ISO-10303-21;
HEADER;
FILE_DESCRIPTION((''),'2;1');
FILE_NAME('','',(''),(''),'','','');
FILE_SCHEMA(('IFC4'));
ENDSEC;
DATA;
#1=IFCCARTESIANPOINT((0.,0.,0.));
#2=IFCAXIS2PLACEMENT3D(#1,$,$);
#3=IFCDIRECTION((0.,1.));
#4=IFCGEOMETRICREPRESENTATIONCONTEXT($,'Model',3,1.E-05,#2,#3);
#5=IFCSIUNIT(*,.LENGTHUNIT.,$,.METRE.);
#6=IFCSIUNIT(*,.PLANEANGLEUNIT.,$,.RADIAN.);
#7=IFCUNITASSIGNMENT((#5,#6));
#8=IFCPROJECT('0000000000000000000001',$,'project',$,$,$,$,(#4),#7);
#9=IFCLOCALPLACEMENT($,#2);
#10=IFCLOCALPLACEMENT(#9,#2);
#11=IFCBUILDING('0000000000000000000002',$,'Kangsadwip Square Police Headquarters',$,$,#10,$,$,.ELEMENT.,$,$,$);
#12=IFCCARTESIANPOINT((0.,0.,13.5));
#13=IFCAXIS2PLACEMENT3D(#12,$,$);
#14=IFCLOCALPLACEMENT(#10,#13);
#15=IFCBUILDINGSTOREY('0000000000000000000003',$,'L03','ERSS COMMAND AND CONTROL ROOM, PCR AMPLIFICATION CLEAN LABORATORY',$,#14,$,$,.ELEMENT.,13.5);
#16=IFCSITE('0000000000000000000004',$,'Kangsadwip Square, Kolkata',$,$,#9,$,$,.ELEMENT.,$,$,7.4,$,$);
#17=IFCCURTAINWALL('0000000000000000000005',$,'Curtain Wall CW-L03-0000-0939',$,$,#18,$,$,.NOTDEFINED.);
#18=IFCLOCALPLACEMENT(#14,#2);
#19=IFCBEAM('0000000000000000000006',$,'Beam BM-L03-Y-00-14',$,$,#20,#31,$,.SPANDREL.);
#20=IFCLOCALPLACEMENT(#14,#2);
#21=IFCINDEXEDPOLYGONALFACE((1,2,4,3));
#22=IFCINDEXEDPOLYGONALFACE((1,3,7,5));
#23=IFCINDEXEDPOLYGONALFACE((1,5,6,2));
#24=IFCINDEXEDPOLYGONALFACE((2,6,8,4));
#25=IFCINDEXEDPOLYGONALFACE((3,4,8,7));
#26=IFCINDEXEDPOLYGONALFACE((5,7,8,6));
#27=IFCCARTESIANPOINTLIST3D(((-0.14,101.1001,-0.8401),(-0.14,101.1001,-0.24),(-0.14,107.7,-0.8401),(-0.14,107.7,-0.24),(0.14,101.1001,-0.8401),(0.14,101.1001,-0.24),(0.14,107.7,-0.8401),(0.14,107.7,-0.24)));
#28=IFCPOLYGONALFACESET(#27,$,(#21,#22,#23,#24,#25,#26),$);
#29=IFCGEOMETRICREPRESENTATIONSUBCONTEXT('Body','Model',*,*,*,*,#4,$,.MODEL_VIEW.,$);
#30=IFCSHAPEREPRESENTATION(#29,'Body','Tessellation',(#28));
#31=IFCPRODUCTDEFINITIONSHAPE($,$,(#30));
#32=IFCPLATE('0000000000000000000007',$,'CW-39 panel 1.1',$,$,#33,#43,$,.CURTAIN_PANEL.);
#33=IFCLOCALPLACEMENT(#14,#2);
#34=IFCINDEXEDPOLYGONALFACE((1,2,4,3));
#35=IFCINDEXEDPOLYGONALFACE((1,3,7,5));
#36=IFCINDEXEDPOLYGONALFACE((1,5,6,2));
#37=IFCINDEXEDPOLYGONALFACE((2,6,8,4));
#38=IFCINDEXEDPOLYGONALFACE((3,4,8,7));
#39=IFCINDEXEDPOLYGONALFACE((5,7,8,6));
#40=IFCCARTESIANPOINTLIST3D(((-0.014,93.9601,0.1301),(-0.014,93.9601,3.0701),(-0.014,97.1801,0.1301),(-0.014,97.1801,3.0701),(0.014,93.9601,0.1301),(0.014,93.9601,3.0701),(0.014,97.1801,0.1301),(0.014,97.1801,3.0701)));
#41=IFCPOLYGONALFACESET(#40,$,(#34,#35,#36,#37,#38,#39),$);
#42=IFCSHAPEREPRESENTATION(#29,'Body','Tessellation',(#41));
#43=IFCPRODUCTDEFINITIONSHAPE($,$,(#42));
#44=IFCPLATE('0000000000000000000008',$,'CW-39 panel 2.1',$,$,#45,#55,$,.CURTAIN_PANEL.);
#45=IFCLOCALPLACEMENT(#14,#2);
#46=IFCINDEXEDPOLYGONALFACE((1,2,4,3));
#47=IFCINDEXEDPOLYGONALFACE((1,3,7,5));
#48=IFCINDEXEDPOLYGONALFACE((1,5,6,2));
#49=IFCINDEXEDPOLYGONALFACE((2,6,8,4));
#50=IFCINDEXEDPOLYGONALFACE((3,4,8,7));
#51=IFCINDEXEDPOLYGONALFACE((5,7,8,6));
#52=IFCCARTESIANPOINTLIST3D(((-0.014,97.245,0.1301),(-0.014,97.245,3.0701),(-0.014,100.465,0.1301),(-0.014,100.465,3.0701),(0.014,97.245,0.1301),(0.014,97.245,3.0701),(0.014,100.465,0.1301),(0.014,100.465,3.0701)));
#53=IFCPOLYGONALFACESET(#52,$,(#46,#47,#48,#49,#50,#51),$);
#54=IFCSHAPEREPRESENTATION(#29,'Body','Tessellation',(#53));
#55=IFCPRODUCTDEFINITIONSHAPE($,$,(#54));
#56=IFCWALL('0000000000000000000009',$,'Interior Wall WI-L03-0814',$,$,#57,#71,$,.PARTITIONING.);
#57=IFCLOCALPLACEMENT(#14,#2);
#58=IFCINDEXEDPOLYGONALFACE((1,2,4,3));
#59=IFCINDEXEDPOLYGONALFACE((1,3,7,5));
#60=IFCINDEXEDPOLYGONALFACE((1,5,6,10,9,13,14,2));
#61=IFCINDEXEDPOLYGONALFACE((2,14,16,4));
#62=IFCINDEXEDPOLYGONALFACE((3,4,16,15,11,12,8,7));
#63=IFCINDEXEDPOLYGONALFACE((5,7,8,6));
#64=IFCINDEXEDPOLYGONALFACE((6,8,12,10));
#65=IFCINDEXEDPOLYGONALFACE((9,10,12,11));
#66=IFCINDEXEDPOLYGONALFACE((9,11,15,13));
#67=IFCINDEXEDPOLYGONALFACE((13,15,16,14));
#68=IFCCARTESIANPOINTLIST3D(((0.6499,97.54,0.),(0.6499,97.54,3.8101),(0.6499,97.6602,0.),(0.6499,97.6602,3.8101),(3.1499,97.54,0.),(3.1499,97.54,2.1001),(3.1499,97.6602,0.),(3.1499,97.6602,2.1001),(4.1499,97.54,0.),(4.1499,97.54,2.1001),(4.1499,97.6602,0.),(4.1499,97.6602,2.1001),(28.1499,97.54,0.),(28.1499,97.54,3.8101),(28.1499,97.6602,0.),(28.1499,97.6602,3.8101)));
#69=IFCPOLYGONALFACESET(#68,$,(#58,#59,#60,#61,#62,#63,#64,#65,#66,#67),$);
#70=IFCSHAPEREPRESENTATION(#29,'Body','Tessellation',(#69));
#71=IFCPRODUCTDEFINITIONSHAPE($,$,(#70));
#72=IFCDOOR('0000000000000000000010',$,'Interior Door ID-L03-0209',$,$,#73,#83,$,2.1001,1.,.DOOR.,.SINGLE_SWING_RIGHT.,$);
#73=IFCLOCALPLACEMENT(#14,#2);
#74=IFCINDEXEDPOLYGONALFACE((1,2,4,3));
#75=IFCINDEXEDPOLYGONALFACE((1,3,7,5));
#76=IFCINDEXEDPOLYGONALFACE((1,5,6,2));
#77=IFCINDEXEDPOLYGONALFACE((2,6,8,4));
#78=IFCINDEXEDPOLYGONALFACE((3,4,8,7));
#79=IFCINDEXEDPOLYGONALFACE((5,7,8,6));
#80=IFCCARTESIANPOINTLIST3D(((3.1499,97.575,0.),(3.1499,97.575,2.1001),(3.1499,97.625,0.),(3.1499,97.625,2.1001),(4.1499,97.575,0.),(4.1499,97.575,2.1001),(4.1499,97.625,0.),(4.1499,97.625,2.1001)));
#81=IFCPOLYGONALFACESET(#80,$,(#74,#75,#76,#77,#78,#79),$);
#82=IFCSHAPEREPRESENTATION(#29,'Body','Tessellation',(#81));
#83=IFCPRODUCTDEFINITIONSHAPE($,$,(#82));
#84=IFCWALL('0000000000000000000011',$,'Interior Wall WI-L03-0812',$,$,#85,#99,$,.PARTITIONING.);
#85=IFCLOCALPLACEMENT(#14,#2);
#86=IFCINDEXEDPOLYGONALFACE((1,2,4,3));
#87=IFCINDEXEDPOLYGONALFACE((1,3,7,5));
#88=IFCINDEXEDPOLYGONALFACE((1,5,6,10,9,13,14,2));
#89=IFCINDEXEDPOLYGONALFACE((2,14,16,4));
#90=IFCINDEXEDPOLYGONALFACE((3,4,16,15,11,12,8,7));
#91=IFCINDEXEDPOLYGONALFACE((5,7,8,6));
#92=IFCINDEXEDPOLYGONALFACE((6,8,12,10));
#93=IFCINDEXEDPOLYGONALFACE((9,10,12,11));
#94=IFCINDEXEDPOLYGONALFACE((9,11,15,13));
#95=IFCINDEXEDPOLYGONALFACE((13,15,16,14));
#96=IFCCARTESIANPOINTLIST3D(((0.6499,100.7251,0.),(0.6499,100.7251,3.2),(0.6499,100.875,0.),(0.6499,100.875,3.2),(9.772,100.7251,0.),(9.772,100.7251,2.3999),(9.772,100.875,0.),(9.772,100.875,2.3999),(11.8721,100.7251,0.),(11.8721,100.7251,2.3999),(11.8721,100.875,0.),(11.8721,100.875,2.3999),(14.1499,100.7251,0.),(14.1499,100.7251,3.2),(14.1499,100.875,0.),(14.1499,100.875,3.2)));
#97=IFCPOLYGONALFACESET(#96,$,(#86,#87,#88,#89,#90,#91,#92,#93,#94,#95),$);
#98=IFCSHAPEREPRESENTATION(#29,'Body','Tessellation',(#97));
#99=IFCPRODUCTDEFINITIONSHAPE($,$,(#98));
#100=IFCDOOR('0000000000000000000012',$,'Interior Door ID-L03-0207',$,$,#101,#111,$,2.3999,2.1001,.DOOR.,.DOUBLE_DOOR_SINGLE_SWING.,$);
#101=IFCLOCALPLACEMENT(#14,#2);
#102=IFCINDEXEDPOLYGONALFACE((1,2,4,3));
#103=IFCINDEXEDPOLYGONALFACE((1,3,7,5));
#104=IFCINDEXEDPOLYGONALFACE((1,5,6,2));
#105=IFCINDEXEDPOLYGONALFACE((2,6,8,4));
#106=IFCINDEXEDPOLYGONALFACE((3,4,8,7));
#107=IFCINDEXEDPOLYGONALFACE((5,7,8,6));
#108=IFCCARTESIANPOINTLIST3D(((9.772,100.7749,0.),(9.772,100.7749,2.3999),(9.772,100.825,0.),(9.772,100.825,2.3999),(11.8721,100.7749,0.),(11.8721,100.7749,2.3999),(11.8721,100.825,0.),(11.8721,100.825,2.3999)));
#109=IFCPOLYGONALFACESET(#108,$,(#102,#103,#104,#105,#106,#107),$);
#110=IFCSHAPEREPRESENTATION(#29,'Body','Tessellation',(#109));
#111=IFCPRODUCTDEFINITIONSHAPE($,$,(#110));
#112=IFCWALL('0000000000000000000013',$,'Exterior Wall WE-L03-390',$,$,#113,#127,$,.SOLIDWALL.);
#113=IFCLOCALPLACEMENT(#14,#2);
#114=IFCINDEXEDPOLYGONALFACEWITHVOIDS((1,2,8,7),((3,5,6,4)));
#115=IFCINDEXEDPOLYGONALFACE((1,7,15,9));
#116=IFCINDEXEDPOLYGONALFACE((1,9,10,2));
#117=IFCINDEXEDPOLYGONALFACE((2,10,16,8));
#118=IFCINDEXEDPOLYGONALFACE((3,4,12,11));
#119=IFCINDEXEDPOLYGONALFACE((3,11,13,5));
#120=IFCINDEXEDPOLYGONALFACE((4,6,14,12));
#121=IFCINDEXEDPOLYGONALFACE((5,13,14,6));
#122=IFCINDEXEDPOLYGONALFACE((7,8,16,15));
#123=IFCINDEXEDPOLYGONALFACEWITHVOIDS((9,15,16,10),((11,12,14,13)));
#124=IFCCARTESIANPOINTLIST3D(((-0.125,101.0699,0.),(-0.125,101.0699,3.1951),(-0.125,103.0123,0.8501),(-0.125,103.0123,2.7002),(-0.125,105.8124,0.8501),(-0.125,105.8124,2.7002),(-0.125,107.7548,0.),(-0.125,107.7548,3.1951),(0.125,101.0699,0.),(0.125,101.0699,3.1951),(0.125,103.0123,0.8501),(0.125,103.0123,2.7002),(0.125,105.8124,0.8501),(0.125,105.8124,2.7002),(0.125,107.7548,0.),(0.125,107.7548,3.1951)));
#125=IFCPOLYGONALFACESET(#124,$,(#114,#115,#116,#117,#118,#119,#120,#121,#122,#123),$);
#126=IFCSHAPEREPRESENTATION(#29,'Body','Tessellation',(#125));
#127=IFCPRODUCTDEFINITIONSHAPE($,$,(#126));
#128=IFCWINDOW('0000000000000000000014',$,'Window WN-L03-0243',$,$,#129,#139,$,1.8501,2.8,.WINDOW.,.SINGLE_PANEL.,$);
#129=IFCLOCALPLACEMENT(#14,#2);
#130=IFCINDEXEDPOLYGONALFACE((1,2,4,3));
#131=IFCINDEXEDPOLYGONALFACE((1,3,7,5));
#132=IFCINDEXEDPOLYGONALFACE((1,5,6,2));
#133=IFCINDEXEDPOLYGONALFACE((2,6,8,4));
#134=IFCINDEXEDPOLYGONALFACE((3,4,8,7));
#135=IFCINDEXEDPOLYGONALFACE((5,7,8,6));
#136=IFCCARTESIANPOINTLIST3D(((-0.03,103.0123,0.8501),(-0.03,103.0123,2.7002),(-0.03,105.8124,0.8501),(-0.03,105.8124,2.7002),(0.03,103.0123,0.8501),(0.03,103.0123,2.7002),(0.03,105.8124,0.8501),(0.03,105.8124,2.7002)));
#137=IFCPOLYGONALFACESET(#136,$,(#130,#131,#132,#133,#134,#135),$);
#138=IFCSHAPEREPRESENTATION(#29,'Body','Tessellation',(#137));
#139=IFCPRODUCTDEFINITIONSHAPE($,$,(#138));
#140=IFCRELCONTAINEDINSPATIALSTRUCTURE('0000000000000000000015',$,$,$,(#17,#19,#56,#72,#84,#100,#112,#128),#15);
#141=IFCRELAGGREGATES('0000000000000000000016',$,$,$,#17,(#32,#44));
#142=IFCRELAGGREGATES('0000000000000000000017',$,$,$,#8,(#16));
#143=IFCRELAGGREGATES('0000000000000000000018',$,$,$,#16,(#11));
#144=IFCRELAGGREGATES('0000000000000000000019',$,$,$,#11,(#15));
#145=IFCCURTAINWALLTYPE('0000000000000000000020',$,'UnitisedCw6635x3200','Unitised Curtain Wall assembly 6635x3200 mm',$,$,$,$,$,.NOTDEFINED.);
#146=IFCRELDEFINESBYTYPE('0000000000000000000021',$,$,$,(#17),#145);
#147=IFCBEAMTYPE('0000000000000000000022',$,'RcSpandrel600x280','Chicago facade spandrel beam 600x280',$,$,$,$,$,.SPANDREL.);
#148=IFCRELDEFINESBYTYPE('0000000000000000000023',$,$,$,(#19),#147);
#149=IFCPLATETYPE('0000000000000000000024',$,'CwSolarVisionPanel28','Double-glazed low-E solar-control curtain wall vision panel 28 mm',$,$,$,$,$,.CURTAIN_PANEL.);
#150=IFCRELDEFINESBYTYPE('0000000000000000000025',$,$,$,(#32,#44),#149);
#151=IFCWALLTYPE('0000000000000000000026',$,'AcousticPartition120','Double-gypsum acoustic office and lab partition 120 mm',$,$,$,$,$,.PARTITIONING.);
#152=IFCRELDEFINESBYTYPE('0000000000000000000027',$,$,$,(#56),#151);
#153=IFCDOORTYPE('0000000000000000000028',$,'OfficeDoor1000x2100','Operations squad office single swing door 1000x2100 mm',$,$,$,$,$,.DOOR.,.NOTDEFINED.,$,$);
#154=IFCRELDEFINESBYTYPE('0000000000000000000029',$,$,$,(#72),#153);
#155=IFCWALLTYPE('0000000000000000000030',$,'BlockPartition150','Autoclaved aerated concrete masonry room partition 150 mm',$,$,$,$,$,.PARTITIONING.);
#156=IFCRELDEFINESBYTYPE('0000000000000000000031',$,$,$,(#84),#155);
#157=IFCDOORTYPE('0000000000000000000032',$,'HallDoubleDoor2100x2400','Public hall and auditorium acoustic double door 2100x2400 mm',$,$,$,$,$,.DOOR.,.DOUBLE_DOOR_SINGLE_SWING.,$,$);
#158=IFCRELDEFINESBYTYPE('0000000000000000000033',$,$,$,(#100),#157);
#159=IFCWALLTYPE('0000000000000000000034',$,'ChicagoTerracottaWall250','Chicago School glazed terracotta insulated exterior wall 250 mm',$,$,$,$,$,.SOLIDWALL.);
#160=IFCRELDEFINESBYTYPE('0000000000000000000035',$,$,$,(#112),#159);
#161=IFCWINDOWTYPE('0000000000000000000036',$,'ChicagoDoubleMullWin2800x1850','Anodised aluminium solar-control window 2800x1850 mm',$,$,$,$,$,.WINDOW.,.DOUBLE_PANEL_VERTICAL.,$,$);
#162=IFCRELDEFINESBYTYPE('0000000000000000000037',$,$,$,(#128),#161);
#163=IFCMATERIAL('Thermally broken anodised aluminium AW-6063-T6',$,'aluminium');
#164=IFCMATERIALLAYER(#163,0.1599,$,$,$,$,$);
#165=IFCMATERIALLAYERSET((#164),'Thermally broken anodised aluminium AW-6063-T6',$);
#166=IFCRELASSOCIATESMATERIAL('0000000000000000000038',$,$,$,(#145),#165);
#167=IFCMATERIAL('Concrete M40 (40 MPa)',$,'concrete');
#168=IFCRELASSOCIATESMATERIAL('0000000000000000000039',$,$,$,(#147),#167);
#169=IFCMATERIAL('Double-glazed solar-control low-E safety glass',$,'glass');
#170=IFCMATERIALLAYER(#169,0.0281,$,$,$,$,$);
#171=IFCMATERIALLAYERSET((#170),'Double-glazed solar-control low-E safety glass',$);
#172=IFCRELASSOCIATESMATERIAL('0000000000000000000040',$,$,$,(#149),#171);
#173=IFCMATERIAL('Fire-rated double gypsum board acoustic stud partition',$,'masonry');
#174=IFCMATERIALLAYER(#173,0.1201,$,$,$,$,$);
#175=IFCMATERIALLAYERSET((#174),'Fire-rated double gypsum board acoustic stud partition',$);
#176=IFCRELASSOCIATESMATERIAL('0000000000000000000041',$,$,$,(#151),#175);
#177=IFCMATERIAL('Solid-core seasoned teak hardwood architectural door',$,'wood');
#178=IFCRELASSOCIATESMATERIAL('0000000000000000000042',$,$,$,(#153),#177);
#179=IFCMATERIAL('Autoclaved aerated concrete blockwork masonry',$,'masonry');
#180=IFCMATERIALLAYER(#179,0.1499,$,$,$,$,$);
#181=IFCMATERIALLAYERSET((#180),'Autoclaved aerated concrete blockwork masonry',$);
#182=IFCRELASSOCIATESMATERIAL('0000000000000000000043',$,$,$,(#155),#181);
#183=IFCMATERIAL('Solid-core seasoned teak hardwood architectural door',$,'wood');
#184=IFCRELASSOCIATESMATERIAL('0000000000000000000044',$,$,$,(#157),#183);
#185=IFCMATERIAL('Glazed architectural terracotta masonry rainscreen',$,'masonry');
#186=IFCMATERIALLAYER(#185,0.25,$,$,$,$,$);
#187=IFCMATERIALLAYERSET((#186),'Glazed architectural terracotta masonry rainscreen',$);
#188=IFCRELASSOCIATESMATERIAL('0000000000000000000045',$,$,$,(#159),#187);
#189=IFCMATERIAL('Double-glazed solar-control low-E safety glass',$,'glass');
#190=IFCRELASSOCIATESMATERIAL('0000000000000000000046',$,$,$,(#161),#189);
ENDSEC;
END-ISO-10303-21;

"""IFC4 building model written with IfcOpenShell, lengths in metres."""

from ifc_helpers import new_model, si_unit, direction, frame, frame_2d, origin, origin_2d, place, context, subcontext, project, spatial, rectangle, extrude, material, layer, layer_set, material_profile, profile_set, type_object, element, fill, aggregate, save


model = new_model("IFC4")

# Units and contexts
model_context = context("Model", 3, precision=1e-05, world=origin(), true_north=direction((0.0, 1.0)))
body_context = subcontext(model_context, "Body", "Model", "MODEL_VIEW")
ifc_project = project(units=[si_unit("LENGTHUNIT", "METRE"), si_unit("PLANEANGLEUNIT", "RADIAN")], contexts=[model_context])

# Site, building, storey
site_placement = place(None, origin())
site = spatial("IfcSite", under=ifc_project, at=site_placement, Name="Kangsadwip Square, Kolkata", CompositionType="ELEMENT", RefElevation=7.4)
building_placement = place(site_placement, origin())
building = spatial("IfcBuilding", under=site, at=building_placement, Name="Kangsadwip Square Police Headquarters", CompositionType="ELEMENT")
storey_placement = place(building_placement, frame((0.0, 0.0, 13.5)))
storey = spatial("IfcBuildingStorey", under=building, at=storey_placement, Name="L03", Description="ERSS COMMAND AND CONTROL ROOM, PCR AMPLIFICATION CLEAN LABORATORY", CompositionType="ELEMENT", Elevation=13.5)

# Curtain wall
ifc_material_1 = material(Name="Thermally broken anodised aluminium AW-6063-T6", Category="aluminium")
ifc_layer_1 = layer(ifc_material_1, 0.1599)
ifc_layer_set_1 = layer_set([ifc_layer_1], Name="Thermally broken anodised aluminium AW-6063-T6")
curtain_wall_type = type_object("IfcCurtainWallType", Name="UnitisedCw6635x3200", Description="Unitised Curtain Wall assembly 6635x3200 mm", PredefinedType="NOTDEFINED", material=ifc_layer_set_1)
curtain_wall_placement = place(storey_placement, origin())
curtain_wall = element("IfcCurtainWall", 1, at=curtain_wall_placement, inside=storey, type_object=curtain_wall_type, Name="Curtain Wall CW-L03-0000-0939", PredefinedType="NOTDEFINED")

# Beam
ifc_material_2 = material(Name="Concrete M40 (40 MPa)", Category="concrete")
ifc_material_profile_1 = material_profile(ifc_material_2, rectangle(XDim=0.28, YDim=0.6001, at=origin_2d()), Name="RC SPN 600X280")
ifc_profile_set_1 = profile_set([ifc_material_profile_1], Name="Concrete M40 (40 MPa)")
beam_type_1 = type_object("IfcBeamType", Name="RcSpandrel600x280", Description="Chicago facade spandrel beam 600x280", PredefinedType="SPANDREL", material=ifc_profile_set_1)
beam_1_placement = place(storey_placement, frame((0.0, 101.1001, -0.54), z_axis=(0.0, 1.0, 0.0), x_axis=(-1.0, 0.0, 0.0)))
element("IfcBeam", 2, at=beam_1_placement, inside=storey, type_object=beam_type_1, Name="Beam BM-L03-Y-00-14", PredefinedType="SPANDREL", context=body_context, shape_type="SweptSolid", body=[
    extrude(rectangle(XDim=0.28, YDim=0.6001, at=origin_2d()), origin(), (0.0, 0.0, 1.0), 6.5999),
])

# Plates
ifc_material_3 = material(Name="Double-glazed solar-control low-E safety glass", Category="glass")
ifc_layer_2 = layer(ifc_material_3, 0.0281)
ifc_layer_set_2 = layer_set([ifc_layer_2], Name="Double-glazed solar-control low-E safety glass")
plate_type = type_object("IfcPlateType", Name="CwSolarVisionPanel28", Description="Double-glazed low-E solar-control curtain wall vision panel 28 mm", PredefinedType="CURTAIN_PANEL", material=ifc_layer_set_2)
plate_1_placement = place(storey_placement, frame((0.0, 95.5701, 0.1301), z_axis=(0.0, 0.0, 1.0), x_axis=(0.0, 1.0, 0.0)))
plate_1 = element("IfcPlate", 3, at=plate_1_placement, type_object=plate_type, Name="CW-39 panel 1.1", PredefinedType="CURTAIN_PANEL", context=body_context, shape_type="SweptSolid", body=[
    extrude(rectangle(XDim=3.22, YDim=0.0281, at=origin_2d()), origin(), (0.0, 0.0, 1.0), 2.9399),
])
plate_2_placement = place(storey_placement, frame((0.0, 98.855, 0.1301), z_axis=(0.0, 0.0, 1.0), x_axis=(0.0, 1.0, 0.0)))
plate_2 = element("IfcPlate", 4, at=plate_2_placement, type_object=plate_type, Name="CW-39 panel 2.1", PredefinedType="CURTAIN_PANEL", context=body_context, shape_type="SweptSolid", body=[
    extrude(rectangle(XDim=3.22, YDim=0.0281, at=origin_2d()), origin(), (0.0, 0.0, 1.0), 2.9399),
])
aggregate(curtain_wall, [plate_1, plate_2])

# Walls, openings, doors
ifc_material_4 = material(Name="Fire-rated double gypsum board acoustic stud partition", Category="masonry")
ifc_layer_3 = layer(ifc_material_4, 0.1201)
ifc_layer_set_3 = layer_set([ifc_layer_3], Name="Fire-rated double gypsum board acoustic stud partition")
wall_type_1 = type_object("IfcWallType", Name="AcousticPartition120", Description="Double-gypsum acoustic office and lab partition 120 mm", PredefinedType="PARTITIONING", material=ifc_layer_set_3)
wall_1_placement = place(storey_placement, frame((0.6499, 97.6001, 0.0), z_axis=(0.0, 0.0, 1.0), x_axis=(1.0, 0.0, 0.0)))
wall_1 = element("IfcWall", 5, at=wall_1_placement, inside=storey, type_object=wall_type_1, Name="Interior Wall WI-L03-0814", PredefinedType="PARTITIONING", context=body_context, shape_type="SweptSolid", body=[
    extrude(rectangle(XDim=27.5, YDim=0.1201, at=frame_2d((13.75, 0.0))), origin(), (0.0, 0.0, 1.0), 3.8101),
])
opening_1_placement = place(wall_1_placement, frame((2.5, 0.0, 0.0)))
opening_1 = element("IfcOpeningElement", 6, at=opening_1_placement, cuts=wall_1, PredefinedType="OPENING", context=body_context, shape_type="SweptSolid", body=[
    extrude(rectangle(XDim=1.0, YDim=2.1001, at=frame_2d((0.5, 1.05))), frame((0.0, 0.0701, 0.0), z_axis=(0.0, -1.0, 0.0), x_axis=(1.0, 0.0, 0.0)), (0.0, 0.0, 1.0), 0.1401),
])
ifc_material_5 = material(Name="Solid-core seasoned teak hardwood architectural door", Category="wood")
door_type_1 = type_object("IfcDoorType", Name="OfficeDoor1000x2100", Description="Operations squad office single swing door 1000x2100 mm", OperationType="NOTDEFINED", PredefinedType="DOOR", material=ifc_material_5)
door_1_placement = place(opening_1_placement, origin())
door_1 = element("IfcDoor", 7, at=door_1_placement, inside=storey, type_object=door_type_1, Name="Interior Door ID-L03-0209", OperationType="SINGLE_SWING_RIGHT", OverallHeight=2.1001, OverallWidth=1.0, PredefinedType="DOOR", context=body_context, shape_type="SweptSolid", body=[
    extrude(rectangle(XDim=1.0, YDim=2.1001, at=frame_2d((0.5, 1.05))), frame((0.0, 0.0249, 0.0), z_axis=(0.0, -1.0, 0.0), x_axis=(1.0, 0.0, 0.0)), (0.0, 0.0, 1.0), 0.05),
])
fill(opening_1, door_1)
ifc_material_6 = material(Name="Autoclaved aerated concrete blockwork masonry", Category="masonry")
ifc_layer_4 = layer(ifc_material_6, 0.1499)
ifc_layer_set_4 = layer_set([ifc_layer_4], Name="Autoclaved aerated concrete blockwork masonry")
wall_type_2 = type_object("IfcWallType", Name="BlockPartition150", Description="Autoclaved aerated concrete masonry room partition 150 mm", PredefinedType="PARTITIONING", material=ifc_layer_set_4)
wall_2_placement = place(storey_placement, frame((0.6499, 100.8, 0.0), z_axis=(0.0, 0.0, 1.0), x_axis=(1.0, 0.0, 0.0)))
wall_2 = element("IfcWall", 8, at=wall_2_placement, inside=storey, type_object=wall_type_2, Name="Interior Wall WI-L03-0812", PredefinedType="PARTITIONING", context=body_context, shape_type="SweptSolid", body=[
    extrude(rectangle(XDim=13.5, YDim=0.1499, at=frame_2d((6.75, 0.0))), origin(), (0.0, 0.0, 1.0), 3.2),
])
opening_2_placement = place(wall_2_placement, frame((9.1221, 0.0, 0.0)))
opening_2 = element("IfcOpeningElement", 9, at=opening_2_placement, cuts=wall_2, PredefinedType="OPENING", context=body_context, shape_type="SweptSolid", body=[
    extrude(rectangle(XDim=2.1001, YDim=2.3999, at=frame_2d((1.05, 1.2))), frame((0.0, 0.085, 0.0), z_axis=(0.0, -1.0, 0.0), x_axis=(1.0, 0.0, 0.0)), (0.0, 0.0, 1.0), 0.1699),
])
ifc_material_7 = material(Name="Solid-core seasoned teak hardwood architectural door", Category="wood")
door_type_2 = type_object("IfcDoorType", Name="HallDoubleDoor2100x2400", Description="Public hall and auditorium acoustic double door 2100x2400 mm", OperationType="DOUBLE_DOOR_SINGLE_SWING", PredefinedType="DOOR", material=ifc_material_7)
door_2_placement = place(opening_2_placement, origin())
door_2 = element("IfcDoor", 10, at=door_2_placement, inside=storey, type_object=door_type_2, Name="Interior Door ID-L03-0207", OperationType="DOUBLE_DOOR_SINGLE_SWING", OverallHeight=2.3999, OverallWidth=2.1001, PredefinedType="DOOR", context=body_context, shape_type="SweptSolid", body=[
    extrude(rectangle(XDim=2.1001, YDim=2.3999, at=frame_2d((1.05, 1.2))), frame((0.0, 0.0249, 0.0), z_axis=(0.0, -1.0, 0.0), x_axis=(1.0, 0.0, 0.0)), (0.0, 0.0, 1.0), 0.05),
])
fill(opening_2, door_2)

# Wall, opening, window
ifc_material_8 = material(Name="Glazed architectural terracotta masonry rainscreen", Category="masonry")
ifc_layer_5 = layer(ifc_material_8, 0.25)
ifc_layer_set_5 = layer_set([ifc_layer_5], Name="Glazed architectural terracotta masonry rainscreen")
wall_type_3 = type_object("IfcWallType", Name="ChicagoTerracottaWall250", Description="Chicago School glazed terracotta insulated exterior wall 250 mm", PredefinedType="SOLIDWALL", material=ifc_layer_set_5)
wall_3_placement = place(storey_placement, frame((0.0, 101.0701, 0.0), z_axis=(0.0, 0.0, 1.0), x_axis=(0.0, 1.0, 0.0)))
wall_3 = element("IfcWall", 11, at=wall_3_placement, inside=storey, type_object=wall_type_3, Name="Exterior Wall WE-L03-390", PredefinedType="SOLIDWALL", context=body_context, shape_type="SweptSolid", body=[
    extrude(rectangle(XDim=6.6848, YDim=0.25, at=frame_2d((3.3423, 0.0))), origin(), (0.0, 0.0, 1.0), 3.1951),
])
opening_3_placement = place(wall_3_placement, frame((1.9424, 0.0, 0.8501)))
opening_3 = element("IfcOpeningElement", 12, at=opening_3_placement, cuts=wall_3, PredefinedType="OPENING", context=body_context, shape_type="SweptSolid", body=[
    extrude(rectangle(XDim=2.8, YDim=1.8501, at=frame_2d((1.3999, 0.925))), frame((0.0, 0.135, 0.0), z_axis=(0.0, -1.0, 0.0), x_axis=(1.0, 0.0, 0.0)), (0.0, 0.0, 1.0), 0.27),
])
ifc_material_9 = material(Name="Double-glazed solar-control low-E safety glass", Category="glass")
window_type = type_object("IfcWindowType", Name="ChicagoDoubleMullWin2800x1850", Description="Anodised aluminium solar-control window 2800x1850 mm", PartitioningType="DOUBLE_PANEL_VERTICAL", PredefinedType="WINDOW", material=ifc_material_9)
window_placement = place(opening_3_placement, origin())
window = element("IfcWindow", 13, at=window_placement, inside=storey, type_object=window_type, Name="Window WN-L03-0243", OverallHeight=1.8501, OverallWidth=2.8, PartitioningType="SINGLE_PANEL", PredefinedType="WINDOW", context=body_context, shape_type="SweptSolid", body=[
    extrude(rectangle(XDim=2.8, YDim=1.8501, at=frame_2d((1.3999, 0.925))), frame((0.0, 0.03, 0.0), z_axis=(0.0, -1.0, 0.0), x_axis=(1.0, 0.0, 0.0)), (0.0, 0.0, 1.0), 0.0601),
])
fill(opening_3, window)

save(model, "model.ifc")
